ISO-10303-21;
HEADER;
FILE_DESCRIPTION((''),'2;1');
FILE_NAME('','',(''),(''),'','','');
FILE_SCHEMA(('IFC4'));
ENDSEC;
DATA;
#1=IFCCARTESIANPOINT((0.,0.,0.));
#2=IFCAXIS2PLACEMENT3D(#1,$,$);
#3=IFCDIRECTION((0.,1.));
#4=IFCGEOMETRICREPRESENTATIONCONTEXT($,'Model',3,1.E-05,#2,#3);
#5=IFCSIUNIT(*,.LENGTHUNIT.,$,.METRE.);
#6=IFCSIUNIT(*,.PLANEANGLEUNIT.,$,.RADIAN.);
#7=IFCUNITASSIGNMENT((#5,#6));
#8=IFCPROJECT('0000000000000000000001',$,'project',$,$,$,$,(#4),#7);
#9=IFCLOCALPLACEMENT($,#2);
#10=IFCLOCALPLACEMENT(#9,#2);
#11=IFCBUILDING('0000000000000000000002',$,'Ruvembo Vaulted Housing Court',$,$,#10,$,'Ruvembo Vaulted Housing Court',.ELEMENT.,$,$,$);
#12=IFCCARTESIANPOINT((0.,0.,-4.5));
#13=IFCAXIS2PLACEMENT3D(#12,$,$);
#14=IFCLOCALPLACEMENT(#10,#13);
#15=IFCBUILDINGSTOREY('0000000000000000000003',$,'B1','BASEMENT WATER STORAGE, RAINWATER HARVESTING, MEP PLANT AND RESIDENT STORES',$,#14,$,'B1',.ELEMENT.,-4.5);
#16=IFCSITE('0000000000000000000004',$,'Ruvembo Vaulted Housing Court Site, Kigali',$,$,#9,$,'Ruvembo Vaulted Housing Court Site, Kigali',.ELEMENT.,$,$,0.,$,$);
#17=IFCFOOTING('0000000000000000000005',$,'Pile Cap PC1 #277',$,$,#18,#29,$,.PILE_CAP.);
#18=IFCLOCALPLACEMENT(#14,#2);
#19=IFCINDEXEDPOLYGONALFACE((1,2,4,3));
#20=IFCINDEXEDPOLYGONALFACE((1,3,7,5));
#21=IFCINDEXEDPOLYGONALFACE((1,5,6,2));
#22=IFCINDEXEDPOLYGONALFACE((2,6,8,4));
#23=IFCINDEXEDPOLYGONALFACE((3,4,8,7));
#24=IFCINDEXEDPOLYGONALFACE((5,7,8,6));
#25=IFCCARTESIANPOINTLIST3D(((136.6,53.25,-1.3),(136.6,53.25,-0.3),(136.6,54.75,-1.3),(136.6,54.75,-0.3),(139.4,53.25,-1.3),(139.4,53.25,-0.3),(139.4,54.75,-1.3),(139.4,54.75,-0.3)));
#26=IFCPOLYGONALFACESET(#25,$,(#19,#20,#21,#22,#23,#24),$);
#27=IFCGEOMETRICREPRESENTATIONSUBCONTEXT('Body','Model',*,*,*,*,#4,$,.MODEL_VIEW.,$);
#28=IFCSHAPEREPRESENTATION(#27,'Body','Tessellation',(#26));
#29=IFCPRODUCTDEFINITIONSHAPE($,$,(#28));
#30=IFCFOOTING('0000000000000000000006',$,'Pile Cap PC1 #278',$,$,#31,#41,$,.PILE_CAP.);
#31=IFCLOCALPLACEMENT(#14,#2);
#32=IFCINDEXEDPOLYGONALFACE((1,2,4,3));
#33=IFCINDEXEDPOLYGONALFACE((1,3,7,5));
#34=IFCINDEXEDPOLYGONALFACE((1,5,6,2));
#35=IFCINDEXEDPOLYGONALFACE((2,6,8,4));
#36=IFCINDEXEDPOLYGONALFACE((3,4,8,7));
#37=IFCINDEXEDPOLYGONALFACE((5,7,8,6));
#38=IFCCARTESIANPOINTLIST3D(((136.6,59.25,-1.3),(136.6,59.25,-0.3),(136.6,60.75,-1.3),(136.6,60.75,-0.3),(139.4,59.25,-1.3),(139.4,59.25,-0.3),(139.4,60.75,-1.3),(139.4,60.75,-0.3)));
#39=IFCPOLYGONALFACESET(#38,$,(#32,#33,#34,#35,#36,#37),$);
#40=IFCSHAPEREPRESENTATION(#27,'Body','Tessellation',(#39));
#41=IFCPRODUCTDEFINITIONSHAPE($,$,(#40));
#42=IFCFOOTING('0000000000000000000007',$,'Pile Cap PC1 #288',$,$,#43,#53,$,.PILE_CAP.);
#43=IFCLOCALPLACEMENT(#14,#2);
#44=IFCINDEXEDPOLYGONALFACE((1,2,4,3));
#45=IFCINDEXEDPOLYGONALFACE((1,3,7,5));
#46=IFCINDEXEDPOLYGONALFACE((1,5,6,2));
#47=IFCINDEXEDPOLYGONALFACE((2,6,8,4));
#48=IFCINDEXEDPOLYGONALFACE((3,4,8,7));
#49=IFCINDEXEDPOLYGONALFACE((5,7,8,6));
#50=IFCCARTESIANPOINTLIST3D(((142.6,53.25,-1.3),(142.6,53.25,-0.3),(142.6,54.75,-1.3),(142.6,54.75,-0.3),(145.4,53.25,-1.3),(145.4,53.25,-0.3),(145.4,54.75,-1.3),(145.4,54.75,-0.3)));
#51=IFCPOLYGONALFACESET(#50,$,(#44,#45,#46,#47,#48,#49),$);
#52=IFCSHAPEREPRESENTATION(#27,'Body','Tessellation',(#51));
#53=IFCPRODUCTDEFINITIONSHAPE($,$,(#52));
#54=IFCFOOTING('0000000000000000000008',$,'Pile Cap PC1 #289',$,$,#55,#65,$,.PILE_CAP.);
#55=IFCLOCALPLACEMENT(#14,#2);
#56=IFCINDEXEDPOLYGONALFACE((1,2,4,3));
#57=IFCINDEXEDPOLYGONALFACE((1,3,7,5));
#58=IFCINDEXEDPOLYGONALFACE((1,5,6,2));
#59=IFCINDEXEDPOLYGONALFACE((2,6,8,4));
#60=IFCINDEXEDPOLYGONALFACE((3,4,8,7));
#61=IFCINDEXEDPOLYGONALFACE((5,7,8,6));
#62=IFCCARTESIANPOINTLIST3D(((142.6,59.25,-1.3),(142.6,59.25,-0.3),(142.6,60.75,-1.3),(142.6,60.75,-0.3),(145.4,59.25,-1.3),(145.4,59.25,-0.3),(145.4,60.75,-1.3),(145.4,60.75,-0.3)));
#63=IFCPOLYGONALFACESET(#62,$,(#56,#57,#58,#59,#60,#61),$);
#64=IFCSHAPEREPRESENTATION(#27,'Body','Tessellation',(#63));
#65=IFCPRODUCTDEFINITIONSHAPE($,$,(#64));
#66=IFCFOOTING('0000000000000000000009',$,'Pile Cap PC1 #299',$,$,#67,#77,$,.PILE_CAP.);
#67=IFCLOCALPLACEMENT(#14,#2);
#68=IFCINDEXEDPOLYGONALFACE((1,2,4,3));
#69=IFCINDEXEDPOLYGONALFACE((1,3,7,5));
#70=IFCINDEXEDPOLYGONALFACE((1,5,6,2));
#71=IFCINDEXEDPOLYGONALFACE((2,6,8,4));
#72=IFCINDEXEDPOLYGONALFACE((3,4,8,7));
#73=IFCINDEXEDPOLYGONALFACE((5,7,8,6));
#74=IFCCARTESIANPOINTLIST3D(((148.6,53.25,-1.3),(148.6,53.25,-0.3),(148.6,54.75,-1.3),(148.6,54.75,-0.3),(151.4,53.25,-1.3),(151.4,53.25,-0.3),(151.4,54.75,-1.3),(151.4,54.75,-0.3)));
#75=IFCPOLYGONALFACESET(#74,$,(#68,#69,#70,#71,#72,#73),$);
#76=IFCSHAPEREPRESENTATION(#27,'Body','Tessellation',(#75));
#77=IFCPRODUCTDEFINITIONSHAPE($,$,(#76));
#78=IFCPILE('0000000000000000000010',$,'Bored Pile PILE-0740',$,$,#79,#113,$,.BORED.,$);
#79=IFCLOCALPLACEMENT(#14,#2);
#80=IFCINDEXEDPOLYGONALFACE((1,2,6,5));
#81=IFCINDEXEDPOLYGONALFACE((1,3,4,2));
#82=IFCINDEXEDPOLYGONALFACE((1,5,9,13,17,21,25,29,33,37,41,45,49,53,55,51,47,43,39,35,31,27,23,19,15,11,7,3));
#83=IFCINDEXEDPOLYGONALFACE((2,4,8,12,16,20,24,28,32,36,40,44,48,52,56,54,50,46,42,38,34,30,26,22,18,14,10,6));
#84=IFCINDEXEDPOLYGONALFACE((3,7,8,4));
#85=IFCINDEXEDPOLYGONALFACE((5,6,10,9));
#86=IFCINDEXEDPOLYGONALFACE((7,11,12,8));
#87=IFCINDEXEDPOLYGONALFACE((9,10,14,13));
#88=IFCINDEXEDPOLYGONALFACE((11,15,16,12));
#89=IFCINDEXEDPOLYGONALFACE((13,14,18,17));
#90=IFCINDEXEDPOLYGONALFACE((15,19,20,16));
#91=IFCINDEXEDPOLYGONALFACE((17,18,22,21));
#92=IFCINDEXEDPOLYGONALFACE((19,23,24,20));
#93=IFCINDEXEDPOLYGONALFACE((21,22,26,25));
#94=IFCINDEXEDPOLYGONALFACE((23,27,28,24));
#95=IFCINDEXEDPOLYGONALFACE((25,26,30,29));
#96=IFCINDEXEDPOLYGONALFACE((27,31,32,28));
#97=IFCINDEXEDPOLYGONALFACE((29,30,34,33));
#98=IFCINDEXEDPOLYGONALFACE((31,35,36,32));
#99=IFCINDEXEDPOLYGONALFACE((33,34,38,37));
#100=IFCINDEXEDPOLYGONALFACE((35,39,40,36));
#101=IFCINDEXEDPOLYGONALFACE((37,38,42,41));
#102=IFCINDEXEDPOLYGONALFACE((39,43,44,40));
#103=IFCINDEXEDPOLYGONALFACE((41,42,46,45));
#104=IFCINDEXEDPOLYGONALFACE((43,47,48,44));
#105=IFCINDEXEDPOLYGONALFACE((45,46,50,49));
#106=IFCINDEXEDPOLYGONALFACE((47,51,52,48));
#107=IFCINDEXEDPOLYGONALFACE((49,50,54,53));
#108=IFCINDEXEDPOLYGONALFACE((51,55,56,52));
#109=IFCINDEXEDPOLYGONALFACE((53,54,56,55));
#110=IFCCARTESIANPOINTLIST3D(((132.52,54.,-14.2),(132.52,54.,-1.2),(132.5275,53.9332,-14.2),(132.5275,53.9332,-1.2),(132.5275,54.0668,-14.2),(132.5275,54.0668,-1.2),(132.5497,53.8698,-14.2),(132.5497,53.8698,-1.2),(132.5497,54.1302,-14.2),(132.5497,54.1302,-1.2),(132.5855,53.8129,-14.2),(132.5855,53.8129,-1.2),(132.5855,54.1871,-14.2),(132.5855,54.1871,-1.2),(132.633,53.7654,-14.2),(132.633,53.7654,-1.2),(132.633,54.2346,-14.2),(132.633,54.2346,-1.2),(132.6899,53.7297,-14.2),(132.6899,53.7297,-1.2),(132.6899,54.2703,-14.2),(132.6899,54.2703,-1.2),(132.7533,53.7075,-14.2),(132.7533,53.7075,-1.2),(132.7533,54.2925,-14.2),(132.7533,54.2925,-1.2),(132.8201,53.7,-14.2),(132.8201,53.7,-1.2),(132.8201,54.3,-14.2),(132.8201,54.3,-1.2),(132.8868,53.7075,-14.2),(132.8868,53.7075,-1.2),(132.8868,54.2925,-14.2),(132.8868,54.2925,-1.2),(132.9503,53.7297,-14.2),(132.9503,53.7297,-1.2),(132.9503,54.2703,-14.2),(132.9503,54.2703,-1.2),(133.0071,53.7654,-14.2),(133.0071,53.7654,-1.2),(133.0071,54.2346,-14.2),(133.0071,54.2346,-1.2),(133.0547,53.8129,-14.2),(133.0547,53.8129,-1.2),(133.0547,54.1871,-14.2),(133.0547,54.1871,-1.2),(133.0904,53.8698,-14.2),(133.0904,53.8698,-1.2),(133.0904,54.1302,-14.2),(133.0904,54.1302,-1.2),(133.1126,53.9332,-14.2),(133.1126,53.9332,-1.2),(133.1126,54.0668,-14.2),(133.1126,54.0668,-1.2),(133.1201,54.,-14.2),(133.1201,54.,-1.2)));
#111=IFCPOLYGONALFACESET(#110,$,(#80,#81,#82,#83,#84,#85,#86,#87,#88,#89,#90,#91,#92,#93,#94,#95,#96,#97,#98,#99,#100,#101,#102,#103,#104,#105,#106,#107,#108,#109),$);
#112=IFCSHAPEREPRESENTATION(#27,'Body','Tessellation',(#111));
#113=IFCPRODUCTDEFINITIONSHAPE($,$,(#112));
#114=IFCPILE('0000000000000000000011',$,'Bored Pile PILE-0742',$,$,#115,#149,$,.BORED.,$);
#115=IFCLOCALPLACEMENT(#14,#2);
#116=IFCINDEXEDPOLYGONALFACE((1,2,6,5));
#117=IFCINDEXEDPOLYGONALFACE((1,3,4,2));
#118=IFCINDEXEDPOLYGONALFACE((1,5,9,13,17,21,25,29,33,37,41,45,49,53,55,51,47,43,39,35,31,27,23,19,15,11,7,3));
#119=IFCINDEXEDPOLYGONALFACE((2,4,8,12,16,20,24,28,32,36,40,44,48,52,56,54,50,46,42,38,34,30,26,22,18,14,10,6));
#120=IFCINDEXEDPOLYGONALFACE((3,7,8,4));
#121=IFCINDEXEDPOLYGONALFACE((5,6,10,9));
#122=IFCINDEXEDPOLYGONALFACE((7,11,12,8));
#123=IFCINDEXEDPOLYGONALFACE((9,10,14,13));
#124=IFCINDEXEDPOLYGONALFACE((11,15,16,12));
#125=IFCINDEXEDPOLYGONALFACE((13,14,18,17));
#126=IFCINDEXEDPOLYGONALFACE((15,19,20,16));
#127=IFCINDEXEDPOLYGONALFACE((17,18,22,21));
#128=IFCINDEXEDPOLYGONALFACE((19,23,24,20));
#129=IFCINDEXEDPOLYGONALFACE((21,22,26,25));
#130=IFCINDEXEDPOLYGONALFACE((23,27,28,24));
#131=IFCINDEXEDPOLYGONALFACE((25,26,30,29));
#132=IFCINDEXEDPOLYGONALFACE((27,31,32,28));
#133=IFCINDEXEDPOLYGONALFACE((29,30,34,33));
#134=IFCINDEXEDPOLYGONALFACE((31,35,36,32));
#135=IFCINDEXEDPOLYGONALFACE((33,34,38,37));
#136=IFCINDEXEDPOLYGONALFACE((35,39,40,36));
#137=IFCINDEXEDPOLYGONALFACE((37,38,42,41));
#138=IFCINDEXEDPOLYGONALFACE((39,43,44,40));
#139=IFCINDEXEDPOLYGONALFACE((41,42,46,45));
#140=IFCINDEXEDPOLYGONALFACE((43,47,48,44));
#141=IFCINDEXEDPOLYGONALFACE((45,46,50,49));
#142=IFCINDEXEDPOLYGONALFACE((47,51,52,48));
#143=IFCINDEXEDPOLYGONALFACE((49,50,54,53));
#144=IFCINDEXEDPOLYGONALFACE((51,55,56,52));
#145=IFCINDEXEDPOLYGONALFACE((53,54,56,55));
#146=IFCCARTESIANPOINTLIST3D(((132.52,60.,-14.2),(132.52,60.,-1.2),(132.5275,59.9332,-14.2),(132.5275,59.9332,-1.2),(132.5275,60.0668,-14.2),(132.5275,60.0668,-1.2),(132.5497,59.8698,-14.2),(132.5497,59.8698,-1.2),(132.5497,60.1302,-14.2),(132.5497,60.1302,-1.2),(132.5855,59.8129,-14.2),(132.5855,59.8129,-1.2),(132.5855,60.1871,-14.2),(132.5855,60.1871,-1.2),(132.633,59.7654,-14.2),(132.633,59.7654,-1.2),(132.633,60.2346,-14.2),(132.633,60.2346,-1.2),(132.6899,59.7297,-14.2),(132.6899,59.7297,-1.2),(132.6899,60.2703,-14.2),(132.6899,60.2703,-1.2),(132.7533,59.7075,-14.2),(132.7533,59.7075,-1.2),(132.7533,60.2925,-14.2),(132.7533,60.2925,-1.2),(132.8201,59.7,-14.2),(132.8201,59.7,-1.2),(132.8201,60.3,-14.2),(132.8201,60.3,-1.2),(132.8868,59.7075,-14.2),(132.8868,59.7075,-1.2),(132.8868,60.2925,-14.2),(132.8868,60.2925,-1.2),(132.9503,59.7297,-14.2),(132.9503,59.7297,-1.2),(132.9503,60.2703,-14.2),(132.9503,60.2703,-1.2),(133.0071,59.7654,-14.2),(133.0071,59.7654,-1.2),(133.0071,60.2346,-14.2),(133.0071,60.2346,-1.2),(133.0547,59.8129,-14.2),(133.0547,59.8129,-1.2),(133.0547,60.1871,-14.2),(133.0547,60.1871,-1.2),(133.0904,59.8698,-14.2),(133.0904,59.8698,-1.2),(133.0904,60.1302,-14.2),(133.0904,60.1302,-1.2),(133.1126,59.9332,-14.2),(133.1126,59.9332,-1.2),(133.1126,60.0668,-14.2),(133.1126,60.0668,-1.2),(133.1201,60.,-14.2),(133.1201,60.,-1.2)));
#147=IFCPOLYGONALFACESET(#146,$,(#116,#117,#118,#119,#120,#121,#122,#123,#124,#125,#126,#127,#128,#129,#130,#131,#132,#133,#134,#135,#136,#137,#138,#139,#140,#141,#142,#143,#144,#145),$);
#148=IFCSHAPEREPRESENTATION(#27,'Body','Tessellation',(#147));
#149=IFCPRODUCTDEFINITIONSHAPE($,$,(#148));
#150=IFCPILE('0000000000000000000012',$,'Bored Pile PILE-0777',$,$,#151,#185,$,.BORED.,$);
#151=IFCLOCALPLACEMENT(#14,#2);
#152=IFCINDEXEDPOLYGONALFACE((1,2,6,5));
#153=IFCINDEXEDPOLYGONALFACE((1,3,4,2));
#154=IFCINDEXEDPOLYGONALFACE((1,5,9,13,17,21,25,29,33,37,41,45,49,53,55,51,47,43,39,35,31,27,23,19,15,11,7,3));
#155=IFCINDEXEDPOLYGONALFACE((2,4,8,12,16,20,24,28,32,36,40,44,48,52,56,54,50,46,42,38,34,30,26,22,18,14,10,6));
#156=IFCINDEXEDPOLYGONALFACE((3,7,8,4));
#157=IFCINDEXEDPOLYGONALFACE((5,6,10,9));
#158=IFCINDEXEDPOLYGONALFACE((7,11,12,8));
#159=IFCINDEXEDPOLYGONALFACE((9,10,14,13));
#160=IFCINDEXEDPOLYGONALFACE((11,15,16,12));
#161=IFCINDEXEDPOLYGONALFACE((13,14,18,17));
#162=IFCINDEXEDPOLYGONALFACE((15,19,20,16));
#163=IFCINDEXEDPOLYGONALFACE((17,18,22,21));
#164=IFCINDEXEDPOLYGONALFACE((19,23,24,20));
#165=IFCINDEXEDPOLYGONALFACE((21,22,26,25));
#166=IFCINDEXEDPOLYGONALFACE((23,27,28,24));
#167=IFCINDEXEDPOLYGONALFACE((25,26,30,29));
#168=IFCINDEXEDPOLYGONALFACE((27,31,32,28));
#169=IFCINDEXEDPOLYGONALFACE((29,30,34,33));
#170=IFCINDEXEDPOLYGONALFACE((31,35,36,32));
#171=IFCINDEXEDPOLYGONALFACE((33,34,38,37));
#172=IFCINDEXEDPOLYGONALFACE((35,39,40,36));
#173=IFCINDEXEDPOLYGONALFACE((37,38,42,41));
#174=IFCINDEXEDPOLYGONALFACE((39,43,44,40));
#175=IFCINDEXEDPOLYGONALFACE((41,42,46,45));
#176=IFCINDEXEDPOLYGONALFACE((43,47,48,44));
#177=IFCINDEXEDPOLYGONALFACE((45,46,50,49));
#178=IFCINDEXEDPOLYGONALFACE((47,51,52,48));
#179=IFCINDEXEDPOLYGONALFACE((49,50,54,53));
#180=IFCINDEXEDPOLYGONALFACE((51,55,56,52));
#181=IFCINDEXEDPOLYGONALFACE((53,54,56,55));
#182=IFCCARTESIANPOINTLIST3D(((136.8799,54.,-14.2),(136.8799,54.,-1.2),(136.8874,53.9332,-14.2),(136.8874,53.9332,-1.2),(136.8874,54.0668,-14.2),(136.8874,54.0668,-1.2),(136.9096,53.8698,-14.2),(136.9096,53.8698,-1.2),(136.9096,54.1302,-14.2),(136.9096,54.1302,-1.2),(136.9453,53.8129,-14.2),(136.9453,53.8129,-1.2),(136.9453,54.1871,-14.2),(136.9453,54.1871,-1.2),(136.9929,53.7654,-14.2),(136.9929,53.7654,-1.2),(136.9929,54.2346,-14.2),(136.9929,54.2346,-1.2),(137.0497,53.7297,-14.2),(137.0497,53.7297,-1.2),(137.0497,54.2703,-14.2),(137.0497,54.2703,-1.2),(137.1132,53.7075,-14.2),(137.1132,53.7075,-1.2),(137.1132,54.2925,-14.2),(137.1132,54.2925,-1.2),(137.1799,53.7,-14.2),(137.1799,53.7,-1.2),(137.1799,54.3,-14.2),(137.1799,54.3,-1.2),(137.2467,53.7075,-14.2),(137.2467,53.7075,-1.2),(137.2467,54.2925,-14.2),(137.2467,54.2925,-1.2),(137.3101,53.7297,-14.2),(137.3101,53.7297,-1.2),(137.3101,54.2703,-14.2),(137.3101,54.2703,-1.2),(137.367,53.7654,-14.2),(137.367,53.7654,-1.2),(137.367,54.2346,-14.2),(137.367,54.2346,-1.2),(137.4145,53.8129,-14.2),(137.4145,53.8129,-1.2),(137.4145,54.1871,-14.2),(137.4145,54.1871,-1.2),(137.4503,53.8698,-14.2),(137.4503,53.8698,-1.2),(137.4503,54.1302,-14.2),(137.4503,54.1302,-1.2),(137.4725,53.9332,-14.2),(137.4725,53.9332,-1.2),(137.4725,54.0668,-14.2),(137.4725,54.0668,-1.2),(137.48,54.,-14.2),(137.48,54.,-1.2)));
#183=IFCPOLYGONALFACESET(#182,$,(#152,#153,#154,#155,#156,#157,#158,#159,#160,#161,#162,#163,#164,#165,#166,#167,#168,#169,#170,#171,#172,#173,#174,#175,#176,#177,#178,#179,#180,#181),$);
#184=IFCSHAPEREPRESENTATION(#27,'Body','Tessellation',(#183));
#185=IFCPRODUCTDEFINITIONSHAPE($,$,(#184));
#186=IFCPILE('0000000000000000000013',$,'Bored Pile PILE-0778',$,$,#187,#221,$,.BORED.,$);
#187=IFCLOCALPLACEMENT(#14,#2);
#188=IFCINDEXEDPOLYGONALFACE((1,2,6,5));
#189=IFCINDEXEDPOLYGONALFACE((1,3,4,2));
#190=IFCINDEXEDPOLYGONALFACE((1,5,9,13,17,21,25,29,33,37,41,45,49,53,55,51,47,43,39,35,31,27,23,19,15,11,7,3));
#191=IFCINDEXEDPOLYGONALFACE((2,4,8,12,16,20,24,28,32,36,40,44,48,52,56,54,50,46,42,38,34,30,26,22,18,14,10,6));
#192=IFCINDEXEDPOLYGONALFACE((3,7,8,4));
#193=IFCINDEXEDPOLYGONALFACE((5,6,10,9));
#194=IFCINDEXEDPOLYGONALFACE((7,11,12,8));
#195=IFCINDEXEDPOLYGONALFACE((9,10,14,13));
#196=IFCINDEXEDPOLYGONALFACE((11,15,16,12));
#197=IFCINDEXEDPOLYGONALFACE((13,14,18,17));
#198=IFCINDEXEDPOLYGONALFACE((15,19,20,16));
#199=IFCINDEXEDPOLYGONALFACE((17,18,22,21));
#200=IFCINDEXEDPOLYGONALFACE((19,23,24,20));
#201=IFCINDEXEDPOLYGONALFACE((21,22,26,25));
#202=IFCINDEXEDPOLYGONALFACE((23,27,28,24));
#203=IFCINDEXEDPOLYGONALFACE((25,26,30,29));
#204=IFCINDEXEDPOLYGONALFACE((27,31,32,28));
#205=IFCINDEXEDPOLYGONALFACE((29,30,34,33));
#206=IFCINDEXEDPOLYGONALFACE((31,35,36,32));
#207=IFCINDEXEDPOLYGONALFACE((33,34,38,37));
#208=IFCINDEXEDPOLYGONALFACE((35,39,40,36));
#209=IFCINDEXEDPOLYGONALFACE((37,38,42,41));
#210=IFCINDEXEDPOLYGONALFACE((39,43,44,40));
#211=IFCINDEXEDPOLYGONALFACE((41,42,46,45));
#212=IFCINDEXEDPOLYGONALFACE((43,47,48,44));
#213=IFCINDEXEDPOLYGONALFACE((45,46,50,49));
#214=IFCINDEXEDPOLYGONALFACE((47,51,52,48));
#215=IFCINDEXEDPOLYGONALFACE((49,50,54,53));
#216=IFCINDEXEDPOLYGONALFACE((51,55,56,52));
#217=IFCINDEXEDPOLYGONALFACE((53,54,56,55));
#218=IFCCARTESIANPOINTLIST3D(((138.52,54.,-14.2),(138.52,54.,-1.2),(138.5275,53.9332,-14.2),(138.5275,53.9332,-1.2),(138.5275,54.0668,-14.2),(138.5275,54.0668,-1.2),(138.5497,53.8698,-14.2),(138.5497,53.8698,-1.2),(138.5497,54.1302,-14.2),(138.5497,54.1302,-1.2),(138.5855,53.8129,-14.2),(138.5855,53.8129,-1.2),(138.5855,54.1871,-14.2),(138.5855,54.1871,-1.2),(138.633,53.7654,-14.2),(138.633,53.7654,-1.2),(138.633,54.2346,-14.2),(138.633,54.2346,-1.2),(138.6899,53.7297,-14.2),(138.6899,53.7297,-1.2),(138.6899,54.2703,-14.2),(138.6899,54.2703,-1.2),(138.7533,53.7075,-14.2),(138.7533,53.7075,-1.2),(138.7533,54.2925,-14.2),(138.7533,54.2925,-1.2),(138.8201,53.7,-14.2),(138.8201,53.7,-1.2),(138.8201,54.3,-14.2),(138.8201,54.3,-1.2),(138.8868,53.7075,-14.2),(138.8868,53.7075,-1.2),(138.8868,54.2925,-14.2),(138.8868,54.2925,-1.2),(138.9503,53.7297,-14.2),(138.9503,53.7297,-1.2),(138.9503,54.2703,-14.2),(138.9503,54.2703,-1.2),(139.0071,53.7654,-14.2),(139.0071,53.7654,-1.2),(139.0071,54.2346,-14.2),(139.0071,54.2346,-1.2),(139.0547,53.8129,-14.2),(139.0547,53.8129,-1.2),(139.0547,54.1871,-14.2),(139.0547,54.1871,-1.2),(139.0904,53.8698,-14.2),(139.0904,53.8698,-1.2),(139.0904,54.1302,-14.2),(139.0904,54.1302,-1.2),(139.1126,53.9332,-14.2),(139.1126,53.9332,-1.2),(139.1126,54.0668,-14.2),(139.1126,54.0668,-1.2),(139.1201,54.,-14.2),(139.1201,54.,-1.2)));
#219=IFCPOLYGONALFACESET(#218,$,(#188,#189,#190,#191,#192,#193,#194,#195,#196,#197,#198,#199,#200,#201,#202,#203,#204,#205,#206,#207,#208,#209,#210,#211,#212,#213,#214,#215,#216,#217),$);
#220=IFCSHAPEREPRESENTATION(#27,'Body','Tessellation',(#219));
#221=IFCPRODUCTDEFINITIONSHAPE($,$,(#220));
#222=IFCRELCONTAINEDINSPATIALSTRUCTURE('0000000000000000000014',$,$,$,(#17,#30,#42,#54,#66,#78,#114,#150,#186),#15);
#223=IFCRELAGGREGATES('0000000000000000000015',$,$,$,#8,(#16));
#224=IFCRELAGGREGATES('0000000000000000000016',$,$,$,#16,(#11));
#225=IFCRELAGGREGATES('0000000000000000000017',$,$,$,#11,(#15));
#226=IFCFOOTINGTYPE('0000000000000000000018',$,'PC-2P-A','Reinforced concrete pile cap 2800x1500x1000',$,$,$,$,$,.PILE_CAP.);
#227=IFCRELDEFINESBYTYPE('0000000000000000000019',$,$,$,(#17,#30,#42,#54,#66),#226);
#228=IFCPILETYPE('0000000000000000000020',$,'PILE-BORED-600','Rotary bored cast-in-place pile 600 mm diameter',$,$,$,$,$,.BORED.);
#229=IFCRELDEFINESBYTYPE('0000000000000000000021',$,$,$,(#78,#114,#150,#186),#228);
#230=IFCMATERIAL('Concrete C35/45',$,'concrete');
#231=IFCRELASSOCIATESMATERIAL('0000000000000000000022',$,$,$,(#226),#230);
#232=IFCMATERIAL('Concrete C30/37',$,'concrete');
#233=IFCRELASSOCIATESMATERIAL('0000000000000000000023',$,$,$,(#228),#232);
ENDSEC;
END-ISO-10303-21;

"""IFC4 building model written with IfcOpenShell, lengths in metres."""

from ifc_helpers import new_model, si_unit, direction, frame, origin, origin_2d, place, context, subcontext, project, spatial, rectangle, circle, extrude, material, material_profile, profile_set, type_object, element, save


model = new_model("IFC4")

# Units and contexts
model_context = context("Model", 3, precision=1e-05, world=origin(), true_north=direction((0.0, 1.0)))
body_context = subcontext(model_context, "Body", "Model", "MODEL_VIEW")
ifc_project = project(units=[si_unit("LENGTHUNIT", "METRE"), si_unit("PLANEANGLEUNIT", "RADIAN")], contexts=[model_context])

# Site, building, storey
site_placement = place(None, origin())
site = spatial("IfcSite", under=ifc_project, at=site_placement, Name="Ruvembo Vaulted Housing Court Site, Kigali", LongName="Ruvembo Vaulted Housing Court Site, Kigali", CompositionType="ELEMENT", RefElevation=0.0)
building_placement = place(site_placement, origin())
building = spatial("IfcBuilding", under=site, at=building_placement, Name="Ruvembo Vaulted Housing Court", LongName="Ruvembo Vaulted Housing Court", CompositionType="ELEMENT")
storey_placement = place(building_placement, frame((0.0, 0.0, -4.5)))
storey = spatial("IfcBuildingStorey", under=building, at=storey_placement, Name="B1", Description="BASEMENT WATER STORAGE, RAINWATER HARVESTING, MEP PLANT AND RESIDENT STORES", LongName="B1", CompositionType="ELEMENT", Elevation=-4.5)

# Footings
ifc_material_1 = material(Name="Concrete C35/45", Category="concrete")
footing_type = type_object("IfcFootingType", Name="PC-2P-A", Description="Reinforced concrete pile cap 2800x1500x1000", PredefinedType="PILE_CAP", material=ifc_material_1)
for number, where, z_axis, x_axis, name in (
    (1, (138.0, 54.0, -1.3), (0.0, 0.0, 1.0), (1.0, 0.0, 0.0), "Pile Cap PC1 #277"),
    (2, (138.0, 60.0, -1.3), (0.0, 0.0, 1.0), (1.0, 0.0, 0.0), "Pile Cap PC1 #278"),
    (3, (144.0, 54.0, -1.3), (0.0, 0.0, 1.0), (1.0, 0.0, 0.0), "Pile Cap PC1 #288"),
    (4, (144.0, 60.0, -1.3), (0.0, 0.0, 1.0), (1.0, 0.0, 0.0), "Pile Cap PC1 #289"),
    (5, (150.0, 54.0, -1.3), (0.0, 0.0, 1.0), (1.0, 0.0, 0.0), "Pile Cap PC1 #299"),
):
    element("IfcFooting", number, at=place(storey_placement, frame(where, z_axis=z_axis, x_axis=x_axis)), inside=storey, type_object=footing_type, Name=name, PredefinedType="PILE_CAP", context=body_context, shape_type="SweptSolid", body=[
        extrude(rectangle(XDim=2.8, YDim=1.5, at=origin_2d()), origin(), (0.0, 0.0, 1.0), 1.0),
    ])

# Piles
ifc_material_2 = material(Name="Concrete C30/37", Category="concrete")
ifc_material_profile_1 = material_profile(ifc_material_2, circle(Radius=0.3, at=origin_2d()), Name="PILE D600")
ifc_profile_set_1 = profile_set([ifc_material_profile_1], Name="Concrete C30/37")
pile_type = type_object("IfcPileType", Name="PILE-BORED-600", Description="Rotary bored cast-in-place pile 600 mm diameter", PredefinedType="BORED", material=ifc_profile_set_1)
for number, where, z_axis, x_axis, name in (
    (6, (132.8201, 54.0, -1.2), (0.0, 0.0, -1.0), (1.0, 0.0, 0.0), "Bored Pile PILE-0740"),
    (7, (132.8201, 60.0, -1.2), (0.0, 0.0, -1.0), (1.0, 0.0, 0.0), "Bored Pile PILE-0742"),
    (8, (137.1799, 54.0, -1.2), (0.0, 0.0, -1.0), (1.0, 0.0, 0.0), "Bored Pile PILE-0777"),
    (9, (138.8201, 54.0, -1.2), (0.0, 0.0, -1.0), (1.0, 0.0, 0.0), "Bored Pile PILE-0778"),
):
    element("IfcPile", number, at=place(storey_placement, frame(where, z_axis=z_axis, x_axis=x_axis)), inside=storey, type_object=pile_type, Name=name, PredefinedType="BORED", context=body_context, shape_type="SweptSolid", body=[
        extrude(circle(Radius=0.3, at=origin_2d()), origin(), (0.0, 0.0, 1.0), 13.0),
    ])

save(model, "model.ifc")
